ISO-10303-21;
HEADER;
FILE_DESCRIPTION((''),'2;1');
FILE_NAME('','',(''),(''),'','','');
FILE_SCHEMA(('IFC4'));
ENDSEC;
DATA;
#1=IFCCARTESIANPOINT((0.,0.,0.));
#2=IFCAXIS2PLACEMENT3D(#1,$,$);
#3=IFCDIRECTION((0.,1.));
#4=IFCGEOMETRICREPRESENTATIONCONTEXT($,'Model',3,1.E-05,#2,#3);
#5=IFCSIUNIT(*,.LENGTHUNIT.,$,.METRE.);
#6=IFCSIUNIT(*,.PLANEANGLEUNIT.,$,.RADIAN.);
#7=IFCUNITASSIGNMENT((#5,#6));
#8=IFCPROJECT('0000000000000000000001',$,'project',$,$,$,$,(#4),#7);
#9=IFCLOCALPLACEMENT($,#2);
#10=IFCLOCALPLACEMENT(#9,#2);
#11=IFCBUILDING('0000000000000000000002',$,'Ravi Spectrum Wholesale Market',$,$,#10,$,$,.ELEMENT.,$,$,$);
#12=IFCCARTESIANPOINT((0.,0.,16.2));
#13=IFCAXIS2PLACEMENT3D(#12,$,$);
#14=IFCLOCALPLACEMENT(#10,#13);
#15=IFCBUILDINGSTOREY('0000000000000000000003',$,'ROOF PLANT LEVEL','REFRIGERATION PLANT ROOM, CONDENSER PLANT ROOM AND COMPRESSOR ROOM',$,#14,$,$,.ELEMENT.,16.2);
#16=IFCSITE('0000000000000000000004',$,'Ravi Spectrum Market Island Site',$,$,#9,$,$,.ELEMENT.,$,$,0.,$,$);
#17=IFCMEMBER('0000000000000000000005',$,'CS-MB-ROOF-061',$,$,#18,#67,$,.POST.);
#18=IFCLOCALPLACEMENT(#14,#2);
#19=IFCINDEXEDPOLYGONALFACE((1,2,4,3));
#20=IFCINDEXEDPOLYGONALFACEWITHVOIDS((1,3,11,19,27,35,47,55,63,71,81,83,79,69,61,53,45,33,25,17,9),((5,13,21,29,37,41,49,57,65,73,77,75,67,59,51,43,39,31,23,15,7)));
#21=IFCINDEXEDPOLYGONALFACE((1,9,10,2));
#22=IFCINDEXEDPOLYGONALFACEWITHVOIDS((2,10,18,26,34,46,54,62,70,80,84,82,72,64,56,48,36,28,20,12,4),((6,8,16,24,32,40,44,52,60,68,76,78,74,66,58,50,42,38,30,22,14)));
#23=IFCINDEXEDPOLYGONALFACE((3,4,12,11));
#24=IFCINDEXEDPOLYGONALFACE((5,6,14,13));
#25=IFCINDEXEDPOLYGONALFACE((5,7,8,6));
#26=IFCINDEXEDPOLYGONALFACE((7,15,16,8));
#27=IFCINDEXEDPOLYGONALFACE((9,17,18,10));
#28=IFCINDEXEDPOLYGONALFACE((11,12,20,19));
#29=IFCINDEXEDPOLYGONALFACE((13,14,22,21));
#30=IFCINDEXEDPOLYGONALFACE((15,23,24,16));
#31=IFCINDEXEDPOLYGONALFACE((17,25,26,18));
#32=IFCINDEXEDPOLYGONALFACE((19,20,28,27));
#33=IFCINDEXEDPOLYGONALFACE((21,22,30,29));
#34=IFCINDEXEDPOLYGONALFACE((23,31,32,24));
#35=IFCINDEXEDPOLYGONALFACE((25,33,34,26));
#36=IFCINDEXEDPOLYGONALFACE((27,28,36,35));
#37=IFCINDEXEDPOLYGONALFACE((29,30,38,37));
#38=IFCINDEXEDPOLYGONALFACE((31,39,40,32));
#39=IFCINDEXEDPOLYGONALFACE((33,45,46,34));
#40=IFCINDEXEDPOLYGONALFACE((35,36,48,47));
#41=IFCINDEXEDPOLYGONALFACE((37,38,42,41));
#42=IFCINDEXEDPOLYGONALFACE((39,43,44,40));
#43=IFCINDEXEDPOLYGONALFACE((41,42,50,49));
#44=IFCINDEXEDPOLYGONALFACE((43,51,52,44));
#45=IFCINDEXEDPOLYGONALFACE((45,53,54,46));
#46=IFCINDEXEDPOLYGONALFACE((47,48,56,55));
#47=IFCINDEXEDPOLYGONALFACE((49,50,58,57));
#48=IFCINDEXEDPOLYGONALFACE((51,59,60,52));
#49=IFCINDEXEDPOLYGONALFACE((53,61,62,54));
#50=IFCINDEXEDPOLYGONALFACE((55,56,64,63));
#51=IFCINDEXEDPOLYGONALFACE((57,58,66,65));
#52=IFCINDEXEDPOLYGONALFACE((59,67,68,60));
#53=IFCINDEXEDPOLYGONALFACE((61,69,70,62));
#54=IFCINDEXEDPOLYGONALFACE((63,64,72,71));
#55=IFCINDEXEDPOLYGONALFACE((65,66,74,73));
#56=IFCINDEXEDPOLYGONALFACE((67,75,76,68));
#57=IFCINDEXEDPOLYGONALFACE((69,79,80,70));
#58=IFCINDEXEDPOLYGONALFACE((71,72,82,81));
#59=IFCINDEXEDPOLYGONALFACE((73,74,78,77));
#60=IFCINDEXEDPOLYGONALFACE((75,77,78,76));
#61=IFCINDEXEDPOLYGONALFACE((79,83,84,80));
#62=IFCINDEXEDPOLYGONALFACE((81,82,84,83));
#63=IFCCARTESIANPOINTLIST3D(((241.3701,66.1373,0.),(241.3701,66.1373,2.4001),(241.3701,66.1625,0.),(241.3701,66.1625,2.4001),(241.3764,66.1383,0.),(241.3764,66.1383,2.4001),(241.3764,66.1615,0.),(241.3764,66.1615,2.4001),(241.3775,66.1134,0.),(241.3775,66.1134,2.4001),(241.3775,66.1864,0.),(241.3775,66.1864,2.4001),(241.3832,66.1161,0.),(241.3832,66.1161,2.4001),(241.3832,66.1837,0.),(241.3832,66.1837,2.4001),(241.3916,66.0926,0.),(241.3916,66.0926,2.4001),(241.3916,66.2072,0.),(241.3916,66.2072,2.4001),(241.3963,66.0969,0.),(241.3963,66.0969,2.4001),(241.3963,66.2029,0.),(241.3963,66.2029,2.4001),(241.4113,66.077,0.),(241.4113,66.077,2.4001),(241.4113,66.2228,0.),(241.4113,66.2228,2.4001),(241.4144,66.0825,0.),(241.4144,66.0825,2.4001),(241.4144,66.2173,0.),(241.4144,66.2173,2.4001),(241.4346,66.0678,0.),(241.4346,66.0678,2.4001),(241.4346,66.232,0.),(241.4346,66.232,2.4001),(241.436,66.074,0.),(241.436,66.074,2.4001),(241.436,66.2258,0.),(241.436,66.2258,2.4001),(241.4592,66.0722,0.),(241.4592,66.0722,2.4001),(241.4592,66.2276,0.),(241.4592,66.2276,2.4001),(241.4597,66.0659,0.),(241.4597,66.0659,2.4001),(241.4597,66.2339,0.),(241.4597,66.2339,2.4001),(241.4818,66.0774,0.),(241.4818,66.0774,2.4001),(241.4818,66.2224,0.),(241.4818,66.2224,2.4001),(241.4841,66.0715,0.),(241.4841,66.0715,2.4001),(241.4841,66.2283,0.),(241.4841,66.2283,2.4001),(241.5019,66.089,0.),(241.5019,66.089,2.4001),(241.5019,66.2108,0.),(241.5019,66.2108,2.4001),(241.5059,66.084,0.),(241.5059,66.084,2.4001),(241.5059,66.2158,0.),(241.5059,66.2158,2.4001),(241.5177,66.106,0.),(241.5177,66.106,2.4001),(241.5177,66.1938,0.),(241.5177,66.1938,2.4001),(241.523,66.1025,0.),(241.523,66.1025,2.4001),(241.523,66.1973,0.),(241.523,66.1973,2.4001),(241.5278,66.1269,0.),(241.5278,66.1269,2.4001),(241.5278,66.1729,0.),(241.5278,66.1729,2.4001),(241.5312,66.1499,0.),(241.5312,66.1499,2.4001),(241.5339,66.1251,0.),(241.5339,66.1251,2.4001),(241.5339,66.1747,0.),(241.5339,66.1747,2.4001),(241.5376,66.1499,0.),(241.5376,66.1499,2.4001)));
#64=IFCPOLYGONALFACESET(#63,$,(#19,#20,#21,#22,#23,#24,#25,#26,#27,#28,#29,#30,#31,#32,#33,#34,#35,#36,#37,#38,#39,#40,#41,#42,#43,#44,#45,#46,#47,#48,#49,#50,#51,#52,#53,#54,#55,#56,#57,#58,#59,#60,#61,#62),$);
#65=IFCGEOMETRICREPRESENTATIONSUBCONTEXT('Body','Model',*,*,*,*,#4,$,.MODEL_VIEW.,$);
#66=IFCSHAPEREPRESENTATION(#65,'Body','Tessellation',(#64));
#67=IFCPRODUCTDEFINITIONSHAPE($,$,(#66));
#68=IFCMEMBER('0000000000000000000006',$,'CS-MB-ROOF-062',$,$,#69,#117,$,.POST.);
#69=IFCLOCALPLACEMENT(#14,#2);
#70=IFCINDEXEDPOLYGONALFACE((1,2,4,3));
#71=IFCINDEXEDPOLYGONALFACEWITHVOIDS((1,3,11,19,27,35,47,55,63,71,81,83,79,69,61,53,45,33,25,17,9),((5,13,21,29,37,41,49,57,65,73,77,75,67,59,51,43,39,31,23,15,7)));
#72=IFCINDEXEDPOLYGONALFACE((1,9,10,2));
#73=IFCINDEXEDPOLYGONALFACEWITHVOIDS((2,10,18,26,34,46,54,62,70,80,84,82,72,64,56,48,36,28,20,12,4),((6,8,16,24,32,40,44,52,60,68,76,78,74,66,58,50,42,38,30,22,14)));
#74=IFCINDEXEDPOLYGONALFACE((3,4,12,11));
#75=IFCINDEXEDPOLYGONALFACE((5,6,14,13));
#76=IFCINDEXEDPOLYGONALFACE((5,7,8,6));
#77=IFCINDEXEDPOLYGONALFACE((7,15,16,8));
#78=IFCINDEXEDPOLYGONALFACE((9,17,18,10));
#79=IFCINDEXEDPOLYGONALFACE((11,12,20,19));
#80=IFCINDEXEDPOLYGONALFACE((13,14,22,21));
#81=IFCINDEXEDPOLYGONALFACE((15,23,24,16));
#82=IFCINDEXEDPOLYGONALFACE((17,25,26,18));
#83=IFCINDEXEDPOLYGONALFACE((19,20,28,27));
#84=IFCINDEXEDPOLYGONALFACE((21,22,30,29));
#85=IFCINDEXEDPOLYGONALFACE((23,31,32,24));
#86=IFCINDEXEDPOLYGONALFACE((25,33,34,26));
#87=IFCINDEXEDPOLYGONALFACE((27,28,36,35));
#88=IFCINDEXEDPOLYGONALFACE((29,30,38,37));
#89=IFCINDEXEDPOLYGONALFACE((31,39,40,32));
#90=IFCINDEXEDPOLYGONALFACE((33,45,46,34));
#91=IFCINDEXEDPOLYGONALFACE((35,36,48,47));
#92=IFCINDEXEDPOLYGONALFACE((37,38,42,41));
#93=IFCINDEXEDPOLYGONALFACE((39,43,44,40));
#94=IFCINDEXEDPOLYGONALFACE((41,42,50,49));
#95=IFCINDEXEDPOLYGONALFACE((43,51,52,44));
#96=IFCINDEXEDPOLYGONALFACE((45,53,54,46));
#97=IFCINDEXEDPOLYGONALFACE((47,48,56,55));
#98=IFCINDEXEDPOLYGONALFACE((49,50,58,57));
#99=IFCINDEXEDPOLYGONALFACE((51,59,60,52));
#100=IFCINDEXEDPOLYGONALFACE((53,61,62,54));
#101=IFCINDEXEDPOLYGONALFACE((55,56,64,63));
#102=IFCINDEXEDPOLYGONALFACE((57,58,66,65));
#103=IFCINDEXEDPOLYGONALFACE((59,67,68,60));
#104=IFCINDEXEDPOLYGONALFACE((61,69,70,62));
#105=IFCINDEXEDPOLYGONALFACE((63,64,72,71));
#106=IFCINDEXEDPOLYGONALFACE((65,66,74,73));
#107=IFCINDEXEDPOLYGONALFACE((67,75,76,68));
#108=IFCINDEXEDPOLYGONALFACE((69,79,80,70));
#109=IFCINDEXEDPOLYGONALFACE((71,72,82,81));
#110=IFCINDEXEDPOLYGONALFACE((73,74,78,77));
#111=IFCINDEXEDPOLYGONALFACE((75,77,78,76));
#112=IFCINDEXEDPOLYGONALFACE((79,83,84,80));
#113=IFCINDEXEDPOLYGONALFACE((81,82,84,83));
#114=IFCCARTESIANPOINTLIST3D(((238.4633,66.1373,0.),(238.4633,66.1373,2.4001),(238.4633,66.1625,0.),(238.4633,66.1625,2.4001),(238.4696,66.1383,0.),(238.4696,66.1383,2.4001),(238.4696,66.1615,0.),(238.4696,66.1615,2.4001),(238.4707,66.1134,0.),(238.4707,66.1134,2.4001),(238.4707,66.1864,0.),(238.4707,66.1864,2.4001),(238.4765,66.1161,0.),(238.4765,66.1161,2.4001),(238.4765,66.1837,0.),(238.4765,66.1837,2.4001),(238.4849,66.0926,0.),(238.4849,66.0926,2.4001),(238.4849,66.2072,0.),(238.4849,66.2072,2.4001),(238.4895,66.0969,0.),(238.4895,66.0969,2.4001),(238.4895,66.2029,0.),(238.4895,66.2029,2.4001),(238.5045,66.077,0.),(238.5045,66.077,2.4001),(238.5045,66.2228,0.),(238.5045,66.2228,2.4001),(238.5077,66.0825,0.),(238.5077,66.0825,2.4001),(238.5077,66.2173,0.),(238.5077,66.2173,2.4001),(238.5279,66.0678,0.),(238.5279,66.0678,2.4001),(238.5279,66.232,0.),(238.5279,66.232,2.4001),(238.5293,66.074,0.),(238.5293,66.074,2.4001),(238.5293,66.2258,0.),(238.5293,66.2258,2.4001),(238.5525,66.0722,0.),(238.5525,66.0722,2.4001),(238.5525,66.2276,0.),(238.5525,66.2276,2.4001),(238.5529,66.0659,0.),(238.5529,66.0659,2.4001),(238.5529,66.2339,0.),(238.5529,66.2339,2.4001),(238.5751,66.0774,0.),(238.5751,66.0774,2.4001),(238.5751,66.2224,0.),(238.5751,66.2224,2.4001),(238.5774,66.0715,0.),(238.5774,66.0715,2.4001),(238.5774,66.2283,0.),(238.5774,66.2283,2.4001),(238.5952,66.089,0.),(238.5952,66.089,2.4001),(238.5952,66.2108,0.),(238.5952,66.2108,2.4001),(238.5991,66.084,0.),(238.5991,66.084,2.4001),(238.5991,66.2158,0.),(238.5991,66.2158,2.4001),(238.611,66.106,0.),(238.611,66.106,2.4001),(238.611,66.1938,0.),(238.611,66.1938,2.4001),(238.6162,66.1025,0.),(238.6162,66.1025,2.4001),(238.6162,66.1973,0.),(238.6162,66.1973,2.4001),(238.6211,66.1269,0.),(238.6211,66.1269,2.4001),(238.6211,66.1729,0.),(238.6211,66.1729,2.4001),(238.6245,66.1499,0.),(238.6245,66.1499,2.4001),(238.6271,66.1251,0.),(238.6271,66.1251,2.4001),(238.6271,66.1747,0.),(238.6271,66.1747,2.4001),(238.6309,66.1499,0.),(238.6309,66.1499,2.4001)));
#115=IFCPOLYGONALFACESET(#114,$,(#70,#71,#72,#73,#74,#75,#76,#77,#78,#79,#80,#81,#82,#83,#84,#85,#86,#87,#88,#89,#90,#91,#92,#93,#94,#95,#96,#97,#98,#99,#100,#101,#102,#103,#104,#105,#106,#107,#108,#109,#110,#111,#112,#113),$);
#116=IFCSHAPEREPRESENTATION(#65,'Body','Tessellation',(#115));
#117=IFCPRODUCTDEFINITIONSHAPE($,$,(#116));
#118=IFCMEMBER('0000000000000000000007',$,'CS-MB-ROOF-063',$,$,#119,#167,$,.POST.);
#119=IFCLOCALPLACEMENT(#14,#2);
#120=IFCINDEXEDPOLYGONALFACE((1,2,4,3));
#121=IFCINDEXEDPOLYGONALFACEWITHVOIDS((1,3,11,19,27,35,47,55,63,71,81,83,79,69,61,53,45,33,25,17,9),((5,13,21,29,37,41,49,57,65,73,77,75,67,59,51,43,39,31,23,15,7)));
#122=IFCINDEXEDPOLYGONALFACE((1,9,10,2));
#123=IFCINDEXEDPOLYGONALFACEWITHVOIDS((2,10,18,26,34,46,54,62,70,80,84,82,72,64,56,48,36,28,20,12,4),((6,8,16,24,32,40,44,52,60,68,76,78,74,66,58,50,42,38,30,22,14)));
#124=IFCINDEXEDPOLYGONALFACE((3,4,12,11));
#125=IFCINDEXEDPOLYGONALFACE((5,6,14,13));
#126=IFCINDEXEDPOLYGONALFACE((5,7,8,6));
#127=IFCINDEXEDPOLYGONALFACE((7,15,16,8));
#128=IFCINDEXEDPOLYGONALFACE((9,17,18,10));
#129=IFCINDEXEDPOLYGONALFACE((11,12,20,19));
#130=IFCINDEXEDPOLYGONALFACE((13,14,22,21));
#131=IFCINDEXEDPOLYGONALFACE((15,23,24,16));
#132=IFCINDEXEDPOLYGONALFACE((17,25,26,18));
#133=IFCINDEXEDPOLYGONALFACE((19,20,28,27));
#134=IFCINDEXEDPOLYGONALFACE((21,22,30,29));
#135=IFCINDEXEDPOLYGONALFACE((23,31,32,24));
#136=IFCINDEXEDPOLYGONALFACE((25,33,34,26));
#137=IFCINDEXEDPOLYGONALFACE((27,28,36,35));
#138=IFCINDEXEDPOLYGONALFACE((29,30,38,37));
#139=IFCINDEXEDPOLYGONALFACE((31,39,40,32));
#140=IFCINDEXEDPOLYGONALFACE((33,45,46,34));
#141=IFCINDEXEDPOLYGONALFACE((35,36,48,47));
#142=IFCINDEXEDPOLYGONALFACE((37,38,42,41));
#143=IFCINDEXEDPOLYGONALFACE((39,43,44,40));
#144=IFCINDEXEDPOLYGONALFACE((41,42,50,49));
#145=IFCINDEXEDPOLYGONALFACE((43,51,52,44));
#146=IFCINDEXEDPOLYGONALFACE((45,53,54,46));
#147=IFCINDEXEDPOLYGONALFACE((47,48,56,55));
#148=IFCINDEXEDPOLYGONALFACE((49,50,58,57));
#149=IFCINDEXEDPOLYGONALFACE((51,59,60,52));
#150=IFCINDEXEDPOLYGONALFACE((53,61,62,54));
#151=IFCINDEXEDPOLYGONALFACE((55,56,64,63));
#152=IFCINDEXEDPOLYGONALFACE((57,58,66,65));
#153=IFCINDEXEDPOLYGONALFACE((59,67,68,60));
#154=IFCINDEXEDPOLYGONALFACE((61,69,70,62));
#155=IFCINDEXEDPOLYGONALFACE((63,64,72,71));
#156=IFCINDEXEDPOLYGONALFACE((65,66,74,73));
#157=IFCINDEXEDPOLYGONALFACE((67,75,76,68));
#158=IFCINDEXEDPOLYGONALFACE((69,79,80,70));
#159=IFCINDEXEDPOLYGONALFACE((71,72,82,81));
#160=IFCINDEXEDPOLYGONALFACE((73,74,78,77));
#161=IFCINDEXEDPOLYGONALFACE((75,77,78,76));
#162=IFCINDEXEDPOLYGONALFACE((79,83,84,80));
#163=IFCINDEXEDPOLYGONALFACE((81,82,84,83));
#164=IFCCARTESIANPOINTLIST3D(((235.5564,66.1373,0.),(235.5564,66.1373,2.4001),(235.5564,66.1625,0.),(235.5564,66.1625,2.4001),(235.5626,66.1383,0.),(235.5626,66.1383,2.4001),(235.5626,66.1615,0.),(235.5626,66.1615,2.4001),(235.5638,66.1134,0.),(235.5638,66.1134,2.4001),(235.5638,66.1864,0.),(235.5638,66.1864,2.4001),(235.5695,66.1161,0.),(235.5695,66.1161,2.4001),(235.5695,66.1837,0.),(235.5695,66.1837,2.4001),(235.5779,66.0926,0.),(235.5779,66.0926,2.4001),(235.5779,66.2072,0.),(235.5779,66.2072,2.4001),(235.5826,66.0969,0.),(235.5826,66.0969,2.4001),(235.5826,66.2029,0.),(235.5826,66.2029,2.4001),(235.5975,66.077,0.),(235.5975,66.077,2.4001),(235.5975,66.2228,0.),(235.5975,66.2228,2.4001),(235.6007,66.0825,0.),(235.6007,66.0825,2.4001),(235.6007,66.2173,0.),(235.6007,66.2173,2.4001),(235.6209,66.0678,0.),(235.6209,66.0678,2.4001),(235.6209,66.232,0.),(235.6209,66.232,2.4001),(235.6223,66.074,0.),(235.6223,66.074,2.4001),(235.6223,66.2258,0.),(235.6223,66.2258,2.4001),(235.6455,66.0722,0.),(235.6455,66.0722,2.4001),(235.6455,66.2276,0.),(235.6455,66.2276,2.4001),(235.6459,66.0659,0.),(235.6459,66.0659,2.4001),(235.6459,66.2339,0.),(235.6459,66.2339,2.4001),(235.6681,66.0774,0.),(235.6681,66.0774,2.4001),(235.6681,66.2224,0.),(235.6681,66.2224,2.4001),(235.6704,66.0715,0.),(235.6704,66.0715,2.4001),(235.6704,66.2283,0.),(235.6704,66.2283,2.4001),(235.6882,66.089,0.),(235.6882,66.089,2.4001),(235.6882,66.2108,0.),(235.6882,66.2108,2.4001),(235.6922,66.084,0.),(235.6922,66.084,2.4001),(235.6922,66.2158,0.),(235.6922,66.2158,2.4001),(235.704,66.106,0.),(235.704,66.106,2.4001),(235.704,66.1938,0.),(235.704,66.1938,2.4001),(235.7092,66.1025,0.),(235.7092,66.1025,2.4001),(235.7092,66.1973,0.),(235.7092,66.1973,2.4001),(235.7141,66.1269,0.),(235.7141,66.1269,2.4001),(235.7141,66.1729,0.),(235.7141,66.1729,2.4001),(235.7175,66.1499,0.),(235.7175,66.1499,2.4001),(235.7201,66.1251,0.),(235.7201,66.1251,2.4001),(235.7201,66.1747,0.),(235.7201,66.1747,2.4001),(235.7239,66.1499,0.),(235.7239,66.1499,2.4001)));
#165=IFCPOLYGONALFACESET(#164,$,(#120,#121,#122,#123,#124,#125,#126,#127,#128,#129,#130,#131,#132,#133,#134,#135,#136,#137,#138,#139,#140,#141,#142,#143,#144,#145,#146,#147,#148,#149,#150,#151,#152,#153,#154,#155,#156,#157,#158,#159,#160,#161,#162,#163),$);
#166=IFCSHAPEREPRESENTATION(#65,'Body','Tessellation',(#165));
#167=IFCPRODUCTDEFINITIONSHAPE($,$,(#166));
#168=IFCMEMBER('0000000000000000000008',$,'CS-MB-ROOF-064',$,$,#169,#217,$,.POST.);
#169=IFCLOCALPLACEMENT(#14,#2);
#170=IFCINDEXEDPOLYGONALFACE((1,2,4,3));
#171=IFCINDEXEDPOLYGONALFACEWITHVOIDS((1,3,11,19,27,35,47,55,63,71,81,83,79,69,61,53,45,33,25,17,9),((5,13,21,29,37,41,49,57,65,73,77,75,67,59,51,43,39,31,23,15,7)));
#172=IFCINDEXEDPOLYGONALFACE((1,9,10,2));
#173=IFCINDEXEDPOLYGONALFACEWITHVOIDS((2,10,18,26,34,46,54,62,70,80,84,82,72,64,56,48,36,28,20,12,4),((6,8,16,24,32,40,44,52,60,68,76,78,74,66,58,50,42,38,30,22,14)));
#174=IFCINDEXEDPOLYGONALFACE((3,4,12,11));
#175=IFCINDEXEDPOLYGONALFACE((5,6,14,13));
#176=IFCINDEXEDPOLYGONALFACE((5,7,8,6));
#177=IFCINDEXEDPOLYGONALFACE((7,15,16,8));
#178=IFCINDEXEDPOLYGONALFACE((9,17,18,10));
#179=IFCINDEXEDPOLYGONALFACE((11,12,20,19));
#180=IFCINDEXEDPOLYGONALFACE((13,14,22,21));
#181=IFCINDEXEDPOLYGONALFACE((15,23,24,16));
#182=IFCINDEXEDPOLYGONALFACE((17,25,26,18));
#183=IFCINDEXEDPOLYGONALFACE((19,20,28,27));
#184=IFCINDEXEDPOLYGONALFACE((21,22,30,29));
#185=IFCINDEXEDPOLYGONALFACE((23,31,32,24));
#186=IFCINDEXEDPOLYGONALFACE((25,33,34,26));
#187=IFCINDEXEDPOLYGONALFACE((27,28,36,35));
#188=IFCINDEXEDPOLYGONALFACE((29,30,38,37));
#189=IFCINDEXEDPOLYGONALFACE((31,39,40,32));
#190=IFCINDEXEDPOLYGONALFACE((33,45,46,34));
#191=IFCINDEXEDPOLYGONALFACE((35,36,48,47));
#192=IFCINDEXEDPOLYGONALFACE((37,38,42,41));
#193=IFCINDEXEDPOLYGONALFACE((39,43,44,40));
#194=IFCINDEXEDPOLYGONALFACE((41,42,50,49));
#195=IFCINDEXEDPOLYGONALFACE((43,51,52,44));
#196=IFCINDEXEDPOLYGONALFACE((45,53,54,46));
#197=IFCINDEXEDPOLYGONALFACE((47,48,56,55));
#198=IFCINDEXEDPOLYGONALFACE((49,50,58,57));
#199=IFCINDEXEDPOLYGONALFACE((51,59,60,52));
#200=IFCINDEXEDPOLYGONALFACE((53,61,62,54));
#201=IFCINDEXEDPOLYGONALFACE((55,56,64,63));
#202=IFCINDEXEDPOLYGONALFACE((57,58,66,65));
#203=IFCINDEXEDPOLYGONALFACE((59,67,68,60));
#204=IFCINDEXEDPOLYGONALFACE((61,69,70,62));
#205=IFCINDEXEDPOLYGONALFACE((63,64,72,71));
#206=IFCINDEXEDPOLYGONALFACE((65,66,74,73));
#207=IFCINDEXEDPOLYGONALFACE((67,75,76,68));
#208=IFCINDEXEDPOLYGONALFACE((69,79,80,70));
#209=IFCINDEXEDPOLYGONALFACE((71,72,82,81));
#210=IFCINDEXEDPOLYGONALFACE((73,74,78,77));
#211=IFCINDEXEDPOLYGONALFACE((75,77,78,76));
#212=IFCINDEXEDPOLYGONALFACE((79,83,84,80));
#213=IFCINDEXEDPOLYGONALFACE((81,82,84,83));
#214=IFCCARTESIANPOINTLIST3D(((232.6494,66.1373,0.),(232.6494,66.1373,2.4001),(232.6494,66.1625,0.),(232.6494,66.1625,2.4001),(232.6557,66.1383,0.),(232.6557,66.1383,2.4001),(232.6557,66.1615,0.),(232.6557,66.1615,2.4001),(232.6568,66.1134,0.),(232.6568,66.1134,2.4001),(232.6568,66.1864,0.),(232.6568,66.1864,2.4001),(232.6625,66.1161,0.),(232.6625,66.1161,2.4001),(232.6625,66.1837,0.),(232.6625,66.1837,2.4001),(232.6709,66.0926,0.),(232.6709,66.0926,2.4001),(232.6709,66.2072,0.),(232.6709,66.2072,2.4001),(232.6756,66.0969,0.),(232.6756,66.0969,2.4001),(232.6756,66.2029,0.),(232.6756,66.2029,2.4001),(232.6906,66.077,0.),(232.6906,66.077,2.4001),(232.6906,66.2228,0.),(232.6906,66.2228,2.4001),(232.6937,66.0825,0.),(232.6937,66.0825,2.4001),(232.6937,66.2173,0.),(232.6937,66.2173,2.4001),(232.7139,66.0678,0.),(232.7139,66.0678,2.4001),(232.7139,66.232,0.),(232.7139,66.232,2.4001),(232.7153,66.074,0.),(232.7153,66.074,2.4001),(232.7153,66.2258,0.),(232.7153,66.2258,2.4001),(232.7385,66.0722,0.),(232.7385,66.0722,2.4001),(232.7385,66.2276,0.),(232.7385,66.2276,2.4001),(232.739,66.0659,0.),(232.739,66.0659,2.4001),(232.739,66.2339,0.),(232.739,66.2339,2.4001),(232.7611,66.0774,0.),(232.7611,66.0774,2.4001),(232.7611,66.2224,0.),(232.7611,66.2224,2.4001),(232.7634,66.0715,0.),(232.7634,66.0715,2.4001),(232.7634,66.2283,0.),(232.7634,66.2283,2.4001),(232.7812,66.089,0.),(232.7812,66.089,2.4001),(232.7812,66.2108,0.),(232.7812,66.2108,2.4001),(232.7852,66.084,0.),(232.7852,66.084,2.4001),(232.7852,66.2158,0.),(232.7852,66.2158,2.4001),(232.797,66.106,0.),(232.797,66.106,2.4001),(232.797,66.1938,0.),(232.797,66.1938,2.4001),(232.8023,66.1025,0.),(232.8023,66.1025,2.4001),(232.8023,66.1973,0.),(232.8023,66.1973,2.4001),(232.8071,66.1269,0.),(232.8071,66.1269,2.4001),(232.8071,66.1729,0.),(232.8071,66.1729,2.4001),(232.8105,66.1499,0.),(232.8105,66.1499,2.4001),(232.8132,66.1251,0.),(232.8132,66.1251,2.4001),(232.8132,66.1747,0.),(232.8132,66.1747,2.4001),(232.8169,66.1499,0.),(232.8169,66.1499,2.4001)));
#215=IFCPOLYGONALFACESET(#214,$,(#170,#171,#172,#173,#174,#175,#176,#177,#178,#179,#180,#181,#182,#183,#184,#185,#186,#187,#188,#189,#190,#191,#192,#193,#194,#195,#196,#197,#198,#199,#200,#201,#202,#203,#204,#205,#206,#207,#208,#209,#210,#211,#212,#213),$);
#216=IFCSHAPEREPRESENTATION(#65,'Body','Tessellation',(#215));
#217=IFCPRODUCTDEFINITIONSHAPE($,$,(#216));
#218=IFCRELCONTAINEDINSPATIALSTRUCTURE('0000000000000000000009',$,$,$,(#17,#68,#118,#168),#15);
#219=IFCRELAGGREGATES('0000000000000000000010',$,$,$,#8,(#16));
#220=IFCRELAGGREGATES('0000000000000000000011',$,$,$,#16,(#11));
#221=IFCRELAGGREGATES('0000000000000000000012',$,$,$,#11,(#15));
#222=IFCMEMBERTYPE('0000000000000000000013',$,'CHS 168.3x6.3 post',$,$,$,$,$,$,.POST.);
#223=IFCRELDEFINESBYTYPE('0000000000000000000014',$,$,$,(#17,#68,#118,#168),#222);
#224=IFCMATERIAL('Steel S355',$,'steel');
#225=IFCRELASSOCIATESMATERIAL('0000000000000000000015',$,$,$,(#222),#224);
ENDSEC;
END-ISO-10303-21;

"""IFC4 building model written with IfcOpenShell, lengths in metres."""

from ifc_helpers import new_model, si_unit, direction, frame, origin, origin_2d, place, context, subcontext, project, spatial, hollow_circle, extrude, material, material_profile, profile_set, type_object, element, save


model = new_model("IFC4")

# Units and contexts
model_context = context("Model", 3, precision=1e-05, world=origin(), true_north=direction((0.0, 1.0)))
body_context = subcontext(model_context, "Body", "Model", "MODEL_VIEW")
ifc_project = project(units=[si_unit("LENGTHUNIT", "METRE"), si_unit("PLANEANGLEUNIT", "RADIAN")], contexts=[model_context])

# Site, building, storey
site_placement = place(None, origin())
site = spatial("IfcSite", under=ifc_project, at=site_placement, Name="Ravi Spectrum Market Island Site", CompositionType="ELEMENT", RefElevation=0.0)
building_placement = place(site_placement, origin())
building = spatial("IfcBuilding", under=site, at=building_placement, Name="Ravi Spectrum Wholesale Market", CompositionType="ELEMENT")
storey_placement = place(building_placement, frame((0.0, 0.0, 16.2)))
storey = spatial("IfcBuildingStorey", under=building, at=storey_placement, Name="ROOF PLANT LEVEL", Description="REFRIGERATION PLANT ROOM, CONDENSER PLANT ROOM AND COMPRESSOR ROOM", CompositionType="ELEMENT", Elevation=16.2)

# Members
ifc_material_1 = material(Name="Steel S355", Category="steel")
ifc_material_profile_1 = material_profile(ifc_material_1, hollow_circle(Radius=0.0842, WallThickness=0.0063, at=origin_2d()))
ifc_profile_set_1 = profile_set([ifc_material_profile_1], Name="Steel S355")
member_type_1 = type_object("IfcMemberType", Name="CHS 168.3x6.3 post", PredefinedType="POST", material=ifc_profile_set_1)
for number, where, z_axis, x_axis, name in (
    (1, (241.4534, 66.1499, 0.0), (0.0, 0.0, 1.0), (1.0, 0.0, 0.0), "CS-MB-ROOF-061"),
    (2, (238.5466, 66.1499, 0.0), (0.0, 0.0, 1.0), (1.0, 0.0, 0.0), "CS-MB-ROOF-062"),
    (3, (235.6396, 66.1499, 0.0), (0.0, 0.0, 1.0), (1.0, 0.0, 0.0), "CS-MB-ROOF-063"),
    (4, (232.7327, 66.1499, 0.0), (0.0, 0.0, 1.0), (1.0, 0.0, 0.0), "CS-MB-ROOF-064"),
):
    element("IfcMember", number, at=place(storey_placement, frame(where, z_axis=z_axis, x_axis=x_axis)), inside=storey, type_object=member_type_1, Name=name, PredefinedType="POST", context=body_context, shape_type="SweptSolid", body=[
        extrude(hollow_circle(Radius=0.0842, WallThickness=0.0063, at=origin_2d()), origin(), (0.0, 0.0, 1.0), 2.4001),
    ])

save(model, "model.ifc")
